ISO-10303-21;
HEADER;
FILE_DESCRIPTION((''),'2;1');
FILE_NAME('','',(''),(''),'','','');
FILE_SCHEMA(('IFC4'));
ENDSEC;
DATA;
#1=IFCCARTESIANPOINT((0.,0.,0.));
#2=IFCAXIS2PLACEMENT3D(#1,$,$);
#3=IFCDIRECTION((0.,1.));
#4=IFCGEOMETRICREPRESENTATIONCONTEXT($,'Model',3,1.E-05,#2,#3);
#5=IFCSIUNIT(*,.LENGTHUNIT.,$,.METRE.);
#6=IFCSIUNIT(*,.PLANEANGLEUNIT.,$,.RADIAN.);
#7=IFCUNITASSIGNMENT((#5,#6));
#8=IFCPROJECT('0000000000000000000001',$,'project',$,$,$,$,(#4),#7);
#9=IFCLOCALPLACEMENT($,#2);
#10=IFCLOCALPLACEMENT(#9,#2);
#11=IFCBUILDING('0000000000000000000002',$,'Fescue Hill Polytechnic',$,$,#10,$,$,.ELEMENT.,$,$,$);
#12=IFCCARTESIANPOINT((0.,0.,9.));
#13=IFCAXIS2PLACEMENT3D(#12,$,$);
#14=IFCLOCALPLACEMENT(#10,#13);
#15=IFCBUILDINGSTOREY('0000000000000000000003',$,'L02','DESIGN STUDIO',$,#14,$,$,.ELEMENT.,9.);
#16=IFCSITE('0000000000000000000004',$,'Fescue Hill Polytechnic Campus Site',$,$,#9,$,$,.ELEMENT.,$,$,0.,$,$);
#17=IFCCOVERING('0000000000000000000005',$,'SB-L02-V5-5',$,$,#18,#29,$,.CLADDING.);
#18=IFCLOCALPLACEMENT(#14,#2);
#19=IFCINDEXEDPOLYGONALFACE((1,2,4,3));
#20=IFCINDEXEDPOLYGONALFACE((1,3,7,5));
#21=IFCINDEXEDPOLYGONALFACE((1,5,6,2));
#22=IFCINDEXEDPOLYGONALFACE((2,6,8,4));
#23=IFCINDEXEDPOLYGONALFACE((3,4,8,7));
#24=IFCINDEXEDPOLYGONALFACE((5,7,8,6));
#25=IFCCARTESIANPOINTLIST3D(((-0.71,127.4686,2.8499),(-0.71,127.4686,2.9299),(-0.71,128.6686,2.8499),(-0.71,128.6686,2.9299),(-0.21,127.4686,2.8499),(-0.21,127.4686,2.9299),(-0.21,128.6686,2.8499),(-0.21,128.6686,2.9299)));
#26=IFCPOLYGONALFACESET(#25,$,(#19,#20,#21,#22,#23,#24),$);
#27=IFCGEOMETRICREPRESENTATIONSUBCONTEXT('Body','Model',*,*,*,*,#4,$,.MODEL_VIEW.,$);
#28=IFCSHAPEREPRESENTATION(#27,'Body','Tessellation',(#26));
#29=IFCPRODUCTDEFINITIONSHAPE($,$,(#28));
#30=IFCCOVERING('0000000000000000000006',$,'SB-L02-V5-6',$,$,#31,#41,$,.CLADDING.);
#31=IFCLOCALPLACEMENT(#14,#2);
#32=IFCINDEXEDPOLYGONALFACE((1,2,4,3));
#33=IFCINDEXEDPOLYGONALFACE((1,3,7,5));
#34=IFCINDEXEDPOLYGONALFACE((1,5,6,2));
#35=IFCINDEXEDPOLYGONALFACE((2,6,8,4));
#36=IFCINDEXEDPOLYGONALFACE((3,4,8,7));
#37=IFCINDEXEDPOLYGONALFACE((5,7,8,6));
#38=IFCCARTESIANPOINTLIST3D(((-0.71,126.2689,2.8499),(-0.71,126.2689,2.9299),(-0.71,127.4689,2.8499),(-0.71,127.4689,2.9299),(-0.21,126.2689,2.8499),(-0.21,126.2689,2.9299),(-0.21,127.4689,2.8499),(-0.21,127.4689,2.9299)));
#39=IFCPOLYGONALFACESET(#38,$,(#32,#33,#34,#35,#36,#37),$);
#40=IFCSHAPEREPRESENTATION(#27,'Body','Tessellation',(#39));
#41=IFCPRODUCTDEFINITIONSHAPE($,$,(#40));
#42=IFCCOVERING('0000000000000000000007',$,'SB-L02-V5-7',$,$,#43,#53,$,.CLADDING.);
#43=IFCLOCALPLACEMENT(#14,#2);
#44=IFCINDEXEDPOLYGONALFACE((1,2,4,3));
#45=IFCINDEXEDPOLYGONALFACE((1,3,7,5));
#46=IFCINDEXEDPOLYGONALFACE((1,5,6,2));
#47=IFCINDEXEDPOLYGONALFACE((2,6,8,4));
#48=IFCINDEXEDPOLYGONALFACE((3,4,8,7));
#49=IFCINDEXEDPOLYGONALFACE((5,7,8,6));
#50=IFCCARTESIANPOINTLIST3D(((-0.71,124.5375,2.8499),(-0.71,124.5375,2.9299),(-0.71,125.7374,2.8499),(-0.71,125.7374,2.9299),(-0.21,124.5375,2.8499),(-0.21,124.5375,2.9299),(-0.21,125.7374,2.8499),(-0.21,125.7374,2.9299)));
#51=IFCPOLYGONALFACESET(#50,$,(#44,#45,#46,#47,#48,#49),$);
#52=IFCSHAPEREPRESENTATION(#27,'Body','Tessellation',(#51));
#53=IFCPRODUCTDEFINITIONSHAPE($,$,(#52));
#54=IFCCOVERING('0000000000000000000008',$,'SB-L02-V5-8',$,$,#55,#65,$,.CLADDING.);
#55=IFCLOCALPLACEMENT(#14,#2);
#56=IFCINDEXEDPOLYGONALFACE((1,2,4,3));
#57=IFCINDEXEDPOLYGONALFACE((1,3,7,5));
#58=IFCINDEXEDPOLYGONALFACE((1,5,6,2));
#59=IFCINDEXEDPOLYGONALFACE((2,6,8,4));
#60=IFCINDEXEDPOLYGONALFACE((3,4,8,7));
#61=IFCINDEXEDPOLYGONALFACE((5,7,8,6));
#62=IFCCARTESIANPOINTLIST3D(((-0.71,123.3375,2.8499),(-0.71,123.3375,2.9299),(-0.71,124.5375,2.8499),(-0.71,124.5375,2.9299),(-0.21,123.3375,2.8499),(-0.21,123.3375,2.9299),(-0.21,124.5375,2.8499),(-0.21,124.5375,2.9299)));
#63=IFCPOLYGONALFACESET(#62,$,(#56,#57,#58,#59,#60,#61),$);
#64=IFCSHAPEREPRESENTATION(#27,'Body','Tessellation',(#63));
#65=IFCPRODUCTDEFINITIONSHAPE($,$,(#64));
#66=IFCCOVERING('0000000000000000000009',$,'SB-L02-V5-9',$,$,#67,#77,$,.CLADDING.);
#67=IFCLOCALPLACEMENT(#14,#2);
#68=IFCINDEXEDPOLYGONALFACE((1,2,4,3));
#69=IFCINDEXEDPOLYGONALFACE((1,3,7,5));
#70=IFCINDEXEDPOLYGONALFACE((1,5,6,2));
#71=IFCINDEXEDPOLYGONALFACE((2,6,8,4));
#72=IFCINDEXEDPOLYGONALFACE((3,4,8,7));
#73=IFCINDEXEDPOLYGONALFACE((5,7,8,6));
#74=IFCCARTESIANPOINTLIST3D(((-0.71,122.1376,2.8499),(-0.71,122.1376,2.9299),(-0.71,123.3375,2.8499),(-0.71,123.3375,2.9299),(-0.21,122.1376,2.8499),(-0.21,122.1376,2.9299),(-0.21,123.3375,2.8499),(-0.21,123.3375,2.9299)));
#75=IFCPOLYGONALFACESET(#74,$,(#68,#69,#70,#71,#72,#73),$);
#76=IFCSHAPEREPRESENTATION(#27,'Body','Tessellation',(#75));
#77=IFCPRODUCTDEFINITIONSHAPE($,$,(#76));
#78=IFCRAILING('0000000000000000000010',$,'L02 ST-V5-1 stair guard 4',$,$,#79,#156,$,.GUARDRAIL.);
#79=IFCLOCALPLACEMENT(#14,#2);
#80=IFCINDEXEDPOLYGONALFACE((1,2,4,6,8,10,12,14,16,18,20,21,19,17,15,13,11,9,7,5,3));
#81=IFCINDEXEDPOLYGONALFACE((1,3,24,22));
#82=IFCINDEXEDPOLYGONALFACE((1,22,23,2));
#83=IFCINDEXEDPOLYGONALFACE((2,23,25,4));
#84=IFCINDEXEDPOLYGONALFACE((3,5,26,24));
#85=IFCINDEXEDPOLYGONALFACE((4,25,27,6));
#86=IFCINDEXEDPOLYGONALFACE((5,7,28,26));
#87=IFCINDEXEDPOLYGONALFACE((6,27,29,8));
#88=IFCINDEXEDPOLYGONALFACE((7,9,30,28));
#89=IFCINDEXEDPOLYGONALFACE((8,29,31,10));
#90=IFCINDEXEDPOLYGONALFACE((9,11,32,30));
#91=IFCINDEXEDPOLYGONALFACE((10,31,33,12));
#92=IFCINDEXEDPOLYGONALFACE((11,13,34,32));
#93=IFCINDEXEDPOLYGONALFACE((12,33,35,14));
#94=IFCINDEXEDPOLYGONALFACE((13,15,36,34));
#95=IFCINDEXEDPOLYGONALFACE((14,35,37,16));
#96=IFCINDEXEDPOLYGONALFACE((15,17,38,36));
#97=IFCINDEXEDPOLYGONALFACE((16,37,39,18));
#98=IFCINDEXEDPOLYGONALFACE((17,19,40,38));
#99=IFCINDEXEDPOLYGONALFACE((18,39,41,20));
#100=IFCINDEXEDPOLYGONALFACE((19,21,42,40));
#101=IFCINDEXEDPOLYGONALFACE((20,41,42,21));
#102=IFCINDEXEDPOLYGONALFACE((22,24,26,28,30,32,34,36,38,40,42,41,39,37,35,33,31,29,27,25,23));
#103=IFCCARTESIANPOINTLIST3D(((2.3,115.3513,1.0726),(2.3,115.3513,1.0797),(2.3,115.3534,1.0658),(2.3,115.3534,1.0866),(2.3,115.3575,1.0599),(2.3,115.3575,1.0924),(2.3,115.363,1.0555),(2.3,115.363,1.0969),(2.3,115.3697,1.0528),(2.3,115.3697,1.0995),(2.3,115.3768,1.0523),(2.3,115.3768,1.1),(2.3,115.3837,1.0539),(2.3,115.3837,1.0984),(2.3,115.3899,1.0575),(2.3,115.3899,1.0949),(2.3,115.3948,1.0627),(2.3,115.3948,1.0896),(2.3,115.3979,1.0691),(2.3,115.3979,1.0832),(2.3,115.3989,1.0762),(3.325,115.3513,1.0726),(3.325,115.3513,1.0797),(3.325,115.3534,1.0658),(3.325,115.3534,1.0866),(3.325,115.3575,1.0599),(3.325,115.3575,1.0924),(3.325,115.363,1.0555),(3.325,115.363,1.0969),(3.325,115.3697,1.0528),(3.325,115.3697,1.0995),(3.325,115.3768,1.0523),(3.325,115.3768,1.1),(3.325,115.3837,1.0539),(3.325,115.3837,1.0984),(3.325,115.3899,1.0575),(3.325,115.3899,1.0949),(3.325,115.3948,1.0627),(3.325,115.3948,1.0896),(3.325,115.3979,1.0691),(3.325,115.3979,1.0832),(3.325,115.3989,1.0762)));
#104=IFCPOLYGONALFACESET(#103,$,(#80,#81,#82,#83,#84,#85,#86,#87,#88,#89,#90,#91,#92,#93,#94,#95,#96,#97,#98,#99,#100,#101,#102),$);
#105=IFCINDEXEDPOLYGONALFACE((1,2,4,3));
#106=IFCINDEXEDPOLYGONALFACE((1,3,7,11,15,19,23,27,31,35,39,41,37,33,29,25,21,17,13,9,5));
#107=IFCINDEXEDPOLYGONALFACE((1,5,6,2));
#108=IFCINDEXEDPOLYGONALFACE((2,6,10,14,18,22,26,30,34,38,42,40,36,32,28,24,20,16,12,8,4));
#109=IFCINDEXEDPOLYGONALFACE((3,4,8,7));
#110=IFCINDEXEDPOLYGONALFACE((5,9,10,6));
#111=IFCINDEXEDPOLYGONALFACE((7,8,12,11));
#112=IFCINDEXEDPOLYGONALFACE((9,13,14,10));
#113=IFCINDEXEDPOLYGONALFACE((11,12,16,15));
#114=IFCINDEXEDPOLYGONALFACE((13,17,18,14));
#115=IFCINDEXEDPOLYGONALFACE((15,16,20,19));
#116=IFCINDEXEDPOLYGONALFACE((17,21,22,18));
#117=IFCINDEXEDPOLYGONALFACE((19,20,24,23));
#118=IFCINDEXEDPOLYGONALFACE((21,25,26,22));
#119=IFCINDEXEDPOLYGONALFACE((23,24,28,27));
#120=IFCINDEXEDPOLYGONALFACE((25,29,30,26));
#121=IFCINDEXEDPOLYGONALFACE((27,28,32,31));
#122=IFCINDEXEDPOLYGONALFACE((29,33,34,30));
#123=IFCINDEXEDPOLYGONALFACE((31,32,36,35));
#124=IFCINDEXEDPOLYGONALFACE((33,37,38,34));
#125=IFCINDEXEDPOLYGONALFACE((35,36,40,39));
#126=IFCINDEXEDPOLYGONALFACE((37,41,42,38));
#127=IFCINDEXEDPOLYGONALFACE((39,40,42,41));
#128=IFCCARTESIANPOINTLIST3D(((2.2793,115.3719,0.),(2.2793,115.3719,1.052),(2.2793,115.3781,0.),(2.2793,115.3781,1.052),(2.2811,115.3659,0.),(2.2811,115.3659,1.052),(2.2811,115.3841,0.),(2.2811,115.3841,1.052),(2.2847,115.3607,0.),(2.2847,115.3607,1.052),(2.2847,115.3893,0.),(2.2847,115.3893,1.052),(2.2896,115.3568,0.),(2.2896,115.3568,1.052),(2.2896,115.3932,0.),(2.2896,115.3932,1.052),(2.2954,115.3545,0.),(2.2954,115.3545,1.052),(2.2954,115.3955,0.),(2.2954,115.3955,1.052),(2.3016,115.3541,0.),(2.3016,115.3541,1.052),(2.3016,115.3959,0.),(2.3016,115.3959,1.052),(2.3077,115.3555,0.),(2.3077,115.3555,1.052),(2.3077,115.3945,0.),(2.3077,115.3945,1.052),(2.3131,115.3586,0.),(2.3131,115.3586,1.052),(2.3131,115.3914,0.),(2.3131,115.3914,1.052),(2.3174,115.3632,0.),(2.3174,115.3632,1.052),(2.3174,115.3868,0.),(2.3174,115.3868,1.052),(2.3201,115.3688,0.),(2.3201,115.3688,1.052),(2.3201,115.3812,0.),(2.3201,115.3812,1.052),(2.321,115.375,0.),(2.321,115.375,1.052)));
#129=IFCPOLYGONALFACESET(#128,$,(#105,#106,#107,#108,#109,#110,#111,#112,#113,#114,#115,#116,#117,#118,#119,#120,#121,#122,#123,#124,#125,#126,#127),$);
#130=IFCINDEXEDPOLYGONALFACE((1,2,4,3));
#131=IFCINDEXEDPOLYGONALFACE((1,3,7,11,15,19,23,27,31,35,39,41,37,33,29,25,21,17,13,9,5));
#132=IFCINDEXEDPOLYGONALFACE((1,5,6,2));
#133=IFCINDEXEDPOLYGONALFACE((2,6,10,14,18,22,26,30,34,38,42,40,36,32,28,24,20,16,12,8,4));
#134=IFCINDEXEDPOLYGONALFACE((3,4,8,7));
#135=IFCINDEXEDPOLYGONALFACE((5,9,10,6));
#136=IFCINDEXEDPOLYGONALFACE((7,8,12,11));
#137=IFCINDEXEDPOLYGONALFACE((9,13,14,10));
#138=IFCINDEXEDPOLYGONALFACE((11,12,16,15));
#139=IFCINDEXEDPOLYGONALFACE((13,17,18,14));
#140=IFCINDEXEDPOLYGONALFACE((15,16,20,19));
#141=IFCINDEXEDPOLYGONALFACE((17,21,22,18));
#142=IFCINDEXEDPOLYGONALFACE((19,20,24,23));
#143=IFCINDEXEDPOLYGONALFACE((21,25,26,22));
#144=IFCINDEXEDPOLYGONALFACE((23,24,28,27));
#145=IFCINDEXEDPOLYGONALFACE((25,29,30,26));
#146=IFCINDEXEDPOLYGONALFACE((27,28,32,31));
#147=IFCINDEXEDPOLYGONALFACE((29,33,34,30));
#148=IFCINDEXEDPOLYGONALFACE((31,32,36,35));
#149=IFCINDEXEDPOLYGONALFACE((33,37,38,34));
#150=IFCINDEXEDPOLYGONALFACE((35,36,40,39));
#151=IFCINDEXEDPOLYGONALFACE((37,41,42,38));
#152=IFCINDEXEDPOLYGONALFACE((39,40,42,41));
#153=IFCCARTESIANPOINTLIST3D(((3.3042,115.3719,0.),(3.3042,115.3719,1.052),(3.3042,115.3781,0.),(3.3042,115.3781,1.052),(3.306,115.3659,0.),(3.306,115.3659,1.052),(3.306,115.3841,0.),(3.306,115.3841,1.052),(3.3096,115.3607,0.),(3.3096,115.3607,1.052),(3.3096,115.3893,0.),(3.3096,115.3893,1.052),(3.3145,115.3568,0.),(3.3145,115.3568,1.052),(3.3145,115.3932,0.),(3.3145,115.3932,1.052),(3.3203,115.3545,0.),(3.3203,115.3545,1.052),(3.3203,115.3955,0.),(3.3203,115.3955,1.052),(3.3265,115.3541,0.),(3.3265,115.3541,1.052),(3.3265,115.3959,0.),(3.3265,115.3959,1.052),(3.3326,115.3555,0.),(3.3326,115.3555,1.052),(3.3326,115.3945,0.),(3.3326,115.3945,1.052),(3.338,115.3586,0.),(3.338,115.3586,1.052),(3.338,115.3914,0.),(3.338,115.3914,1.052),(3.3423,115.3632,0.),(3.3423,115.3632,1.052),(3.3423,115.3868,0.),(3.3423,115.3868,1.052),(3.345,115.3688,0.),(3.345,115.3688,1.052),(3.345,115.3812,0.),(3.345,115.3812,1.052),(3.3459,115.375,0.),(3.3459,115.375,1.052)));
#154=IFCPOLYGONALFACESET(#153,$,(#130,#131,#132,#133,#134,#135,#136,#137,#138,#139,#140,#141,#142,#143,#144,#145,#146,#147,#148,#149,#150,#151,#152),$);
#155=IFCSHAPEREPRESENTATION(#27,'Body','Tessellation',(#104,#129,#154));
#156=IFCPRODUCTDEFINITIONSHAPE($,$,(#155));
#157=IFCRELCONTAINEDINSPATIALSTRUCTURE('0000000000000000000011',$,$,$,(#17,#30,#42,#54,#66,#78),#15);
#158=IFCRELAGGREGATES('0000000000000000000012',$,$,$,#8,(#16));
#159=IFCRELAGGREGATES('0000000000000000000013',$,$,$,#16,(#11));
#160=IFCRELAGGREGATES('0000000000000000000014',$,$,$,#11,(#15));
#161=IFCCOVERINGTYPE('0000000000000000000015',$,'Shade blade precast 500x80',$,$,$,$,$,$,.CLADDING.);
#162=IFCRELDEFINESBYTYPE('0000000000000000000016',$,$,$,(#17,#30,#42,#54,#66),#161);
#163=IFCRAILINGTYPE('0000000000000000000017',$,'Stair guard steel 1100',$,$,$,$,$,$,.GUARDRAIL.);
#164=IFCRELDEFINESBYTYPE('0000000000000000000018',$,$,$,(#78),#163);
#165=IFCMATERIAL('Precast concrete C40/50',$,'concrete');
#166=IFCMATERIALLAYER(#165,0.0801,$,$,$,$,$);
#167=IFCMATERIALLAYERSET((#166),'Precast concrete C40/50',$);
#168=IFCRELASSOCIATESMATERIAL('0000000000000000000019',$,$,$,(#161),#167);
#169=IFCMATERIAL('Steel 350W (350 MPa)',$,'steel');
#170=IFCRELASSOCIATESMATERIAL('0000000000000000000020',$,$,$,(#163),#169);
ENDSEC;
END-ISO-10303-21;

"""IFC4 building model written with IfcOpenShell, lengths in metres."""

from ifc_helpers import new_model, si_unit, direction, frame, origin, origin_2d, place, context, subcontext, project, spatial, rectangle, circle, extrude, material, layer, layer_set, type_object, element, save


model = new_model("IFC4")

# Units and contexts
model_context = context("Model", 3, precision=1e-05, world=origin(), true_north=direction((0.0, 1.0)))
body_context = subcontext(model_context, "Body", "Model", "MODEL_VIEW")
ifc_project = project(units=[si_unit("LENGTHUNIT", "METRE"), si_unit("PLANEANGLEUNIT", "RADIAN")], contexts=[model_context])

# Site, building, storey
site_placement = place(None, origin())
site = spatial("IfcSite", under=ifc_project, at=site_placement, Name="Fescue Hill Polytechnic Campus Site", CompositionType="ELEMENT", RefElevation=0.0)
building_placement = place(site_placement, origin())
building = spatial("IfcBuilding", under=site, at=building_placement, Name="Fescue Hill Polytechnic", CompositionType="ELEMENT")
storey_placement = place(building_placement, frame((0.0, 0.0, 9.0)))
storey = spatial("IfcBuildingStorey", under=building, at=storey_placement, Name="L02", Description="DESIGN STUDIO", CompositionType="ELEMENT", Elevation=9.0)

# Coverings
ifc_material_1 = material(Name="Precast concrete C40/50", Category="concrete")
ifc_layer_1 = layer(ifc_material_1, 0.0801)
ifc_layer_set_1 = layer_set([ifc_layer_1], Name="Precast concrete C40/50")
covering_type = type_object("IfcCoveringType", Name="Shade blade precast 500x80", PredefinedType="CLADDING", material=ifc_layer_set_1)
for number, where, z_axis, x_axis, name in (
    (1, (-0.46, 128.0686, 2.8499), (0.0, 0.0, 1.0), (0.0, -1.0, 0.0), "SB-L02-V5-5"),
    (2, (-0.46, 126.8689, 2.8499), (0.0, 0.0, 1.0), (0.0, -1.0, 0.0), "SB-L02-V5-6"),
    (3, (-0.46, 125.1375, 2.8499), (0.0, 0.0, 1.0), (0.0, -1.0, 0.0), "SB-L02-V5-7"),
    (4, (-0.46, 123.9375, 2.8499), (0.0, 0.0, 1.0), (0.0, -1.0, 0.0), "SB-L02-V5-8"),
    (5, (-0.46, 122.7375, 2.8499), (0.0, 0.0, 1.0), (0.0, -1.0, 0.0), "SB-L02-V5-9"),
):
    element("IfcCovering", number, at=place(storey_placement, frame(where, z_axis=z_axis, x_axis=x_axis)), inside=storey, type_object=covering_type, Name=name, PredefinedType="CLADDING", context=body_context, shape_type="SweptSolid", body=[
        extrude(rectangle(XDim=1.2, YDim=0.5, at=origin_2d()), origin(), (0.0, 0.0, 1.0), 0.0801),
    ])

# Railing
ifc_material_2 = material(Name="Steel 350W (350 MPa)", Category="steel")
railing_type = type_object("IfcRailingType", Name="Stair guard steel 1100", PredefinedType="GUARDRAIL", material=ifc_material_2)
railing_placement = place(storey_placement, frame((2.3, 115.375, 0.0)))
element("IfcRailing", 6, at=railing_placement, inside=storey, type_object=railing_type, Name="L02 ST-V5-1 stair guard 4", PredefinedType="GUARDRAIL", context=body_context, shape_type="SweptSolid", body=[
    extrude(circle(Radius=0.0239, at=origin_2d()), frame((0.0, 0.0, 1.0762), z_axis=(1.0, 0.0, 0.0), x_axis=(0.0, 1.0, 0.0)), (0.0, 0.0, 1.0), 1.0249),
    extrude(circle(Radius=0.021, at=origin_2d()), origin(), (0.0, 0.0, 1.0), 1.052),
    extrude(circle(Radius=0.021, at=origin_2d()), frame((1.0249, 0.0, 0.0)), (0.0, 0.0, 1.0), 1.052),
])

save(model, "model.ifc")
